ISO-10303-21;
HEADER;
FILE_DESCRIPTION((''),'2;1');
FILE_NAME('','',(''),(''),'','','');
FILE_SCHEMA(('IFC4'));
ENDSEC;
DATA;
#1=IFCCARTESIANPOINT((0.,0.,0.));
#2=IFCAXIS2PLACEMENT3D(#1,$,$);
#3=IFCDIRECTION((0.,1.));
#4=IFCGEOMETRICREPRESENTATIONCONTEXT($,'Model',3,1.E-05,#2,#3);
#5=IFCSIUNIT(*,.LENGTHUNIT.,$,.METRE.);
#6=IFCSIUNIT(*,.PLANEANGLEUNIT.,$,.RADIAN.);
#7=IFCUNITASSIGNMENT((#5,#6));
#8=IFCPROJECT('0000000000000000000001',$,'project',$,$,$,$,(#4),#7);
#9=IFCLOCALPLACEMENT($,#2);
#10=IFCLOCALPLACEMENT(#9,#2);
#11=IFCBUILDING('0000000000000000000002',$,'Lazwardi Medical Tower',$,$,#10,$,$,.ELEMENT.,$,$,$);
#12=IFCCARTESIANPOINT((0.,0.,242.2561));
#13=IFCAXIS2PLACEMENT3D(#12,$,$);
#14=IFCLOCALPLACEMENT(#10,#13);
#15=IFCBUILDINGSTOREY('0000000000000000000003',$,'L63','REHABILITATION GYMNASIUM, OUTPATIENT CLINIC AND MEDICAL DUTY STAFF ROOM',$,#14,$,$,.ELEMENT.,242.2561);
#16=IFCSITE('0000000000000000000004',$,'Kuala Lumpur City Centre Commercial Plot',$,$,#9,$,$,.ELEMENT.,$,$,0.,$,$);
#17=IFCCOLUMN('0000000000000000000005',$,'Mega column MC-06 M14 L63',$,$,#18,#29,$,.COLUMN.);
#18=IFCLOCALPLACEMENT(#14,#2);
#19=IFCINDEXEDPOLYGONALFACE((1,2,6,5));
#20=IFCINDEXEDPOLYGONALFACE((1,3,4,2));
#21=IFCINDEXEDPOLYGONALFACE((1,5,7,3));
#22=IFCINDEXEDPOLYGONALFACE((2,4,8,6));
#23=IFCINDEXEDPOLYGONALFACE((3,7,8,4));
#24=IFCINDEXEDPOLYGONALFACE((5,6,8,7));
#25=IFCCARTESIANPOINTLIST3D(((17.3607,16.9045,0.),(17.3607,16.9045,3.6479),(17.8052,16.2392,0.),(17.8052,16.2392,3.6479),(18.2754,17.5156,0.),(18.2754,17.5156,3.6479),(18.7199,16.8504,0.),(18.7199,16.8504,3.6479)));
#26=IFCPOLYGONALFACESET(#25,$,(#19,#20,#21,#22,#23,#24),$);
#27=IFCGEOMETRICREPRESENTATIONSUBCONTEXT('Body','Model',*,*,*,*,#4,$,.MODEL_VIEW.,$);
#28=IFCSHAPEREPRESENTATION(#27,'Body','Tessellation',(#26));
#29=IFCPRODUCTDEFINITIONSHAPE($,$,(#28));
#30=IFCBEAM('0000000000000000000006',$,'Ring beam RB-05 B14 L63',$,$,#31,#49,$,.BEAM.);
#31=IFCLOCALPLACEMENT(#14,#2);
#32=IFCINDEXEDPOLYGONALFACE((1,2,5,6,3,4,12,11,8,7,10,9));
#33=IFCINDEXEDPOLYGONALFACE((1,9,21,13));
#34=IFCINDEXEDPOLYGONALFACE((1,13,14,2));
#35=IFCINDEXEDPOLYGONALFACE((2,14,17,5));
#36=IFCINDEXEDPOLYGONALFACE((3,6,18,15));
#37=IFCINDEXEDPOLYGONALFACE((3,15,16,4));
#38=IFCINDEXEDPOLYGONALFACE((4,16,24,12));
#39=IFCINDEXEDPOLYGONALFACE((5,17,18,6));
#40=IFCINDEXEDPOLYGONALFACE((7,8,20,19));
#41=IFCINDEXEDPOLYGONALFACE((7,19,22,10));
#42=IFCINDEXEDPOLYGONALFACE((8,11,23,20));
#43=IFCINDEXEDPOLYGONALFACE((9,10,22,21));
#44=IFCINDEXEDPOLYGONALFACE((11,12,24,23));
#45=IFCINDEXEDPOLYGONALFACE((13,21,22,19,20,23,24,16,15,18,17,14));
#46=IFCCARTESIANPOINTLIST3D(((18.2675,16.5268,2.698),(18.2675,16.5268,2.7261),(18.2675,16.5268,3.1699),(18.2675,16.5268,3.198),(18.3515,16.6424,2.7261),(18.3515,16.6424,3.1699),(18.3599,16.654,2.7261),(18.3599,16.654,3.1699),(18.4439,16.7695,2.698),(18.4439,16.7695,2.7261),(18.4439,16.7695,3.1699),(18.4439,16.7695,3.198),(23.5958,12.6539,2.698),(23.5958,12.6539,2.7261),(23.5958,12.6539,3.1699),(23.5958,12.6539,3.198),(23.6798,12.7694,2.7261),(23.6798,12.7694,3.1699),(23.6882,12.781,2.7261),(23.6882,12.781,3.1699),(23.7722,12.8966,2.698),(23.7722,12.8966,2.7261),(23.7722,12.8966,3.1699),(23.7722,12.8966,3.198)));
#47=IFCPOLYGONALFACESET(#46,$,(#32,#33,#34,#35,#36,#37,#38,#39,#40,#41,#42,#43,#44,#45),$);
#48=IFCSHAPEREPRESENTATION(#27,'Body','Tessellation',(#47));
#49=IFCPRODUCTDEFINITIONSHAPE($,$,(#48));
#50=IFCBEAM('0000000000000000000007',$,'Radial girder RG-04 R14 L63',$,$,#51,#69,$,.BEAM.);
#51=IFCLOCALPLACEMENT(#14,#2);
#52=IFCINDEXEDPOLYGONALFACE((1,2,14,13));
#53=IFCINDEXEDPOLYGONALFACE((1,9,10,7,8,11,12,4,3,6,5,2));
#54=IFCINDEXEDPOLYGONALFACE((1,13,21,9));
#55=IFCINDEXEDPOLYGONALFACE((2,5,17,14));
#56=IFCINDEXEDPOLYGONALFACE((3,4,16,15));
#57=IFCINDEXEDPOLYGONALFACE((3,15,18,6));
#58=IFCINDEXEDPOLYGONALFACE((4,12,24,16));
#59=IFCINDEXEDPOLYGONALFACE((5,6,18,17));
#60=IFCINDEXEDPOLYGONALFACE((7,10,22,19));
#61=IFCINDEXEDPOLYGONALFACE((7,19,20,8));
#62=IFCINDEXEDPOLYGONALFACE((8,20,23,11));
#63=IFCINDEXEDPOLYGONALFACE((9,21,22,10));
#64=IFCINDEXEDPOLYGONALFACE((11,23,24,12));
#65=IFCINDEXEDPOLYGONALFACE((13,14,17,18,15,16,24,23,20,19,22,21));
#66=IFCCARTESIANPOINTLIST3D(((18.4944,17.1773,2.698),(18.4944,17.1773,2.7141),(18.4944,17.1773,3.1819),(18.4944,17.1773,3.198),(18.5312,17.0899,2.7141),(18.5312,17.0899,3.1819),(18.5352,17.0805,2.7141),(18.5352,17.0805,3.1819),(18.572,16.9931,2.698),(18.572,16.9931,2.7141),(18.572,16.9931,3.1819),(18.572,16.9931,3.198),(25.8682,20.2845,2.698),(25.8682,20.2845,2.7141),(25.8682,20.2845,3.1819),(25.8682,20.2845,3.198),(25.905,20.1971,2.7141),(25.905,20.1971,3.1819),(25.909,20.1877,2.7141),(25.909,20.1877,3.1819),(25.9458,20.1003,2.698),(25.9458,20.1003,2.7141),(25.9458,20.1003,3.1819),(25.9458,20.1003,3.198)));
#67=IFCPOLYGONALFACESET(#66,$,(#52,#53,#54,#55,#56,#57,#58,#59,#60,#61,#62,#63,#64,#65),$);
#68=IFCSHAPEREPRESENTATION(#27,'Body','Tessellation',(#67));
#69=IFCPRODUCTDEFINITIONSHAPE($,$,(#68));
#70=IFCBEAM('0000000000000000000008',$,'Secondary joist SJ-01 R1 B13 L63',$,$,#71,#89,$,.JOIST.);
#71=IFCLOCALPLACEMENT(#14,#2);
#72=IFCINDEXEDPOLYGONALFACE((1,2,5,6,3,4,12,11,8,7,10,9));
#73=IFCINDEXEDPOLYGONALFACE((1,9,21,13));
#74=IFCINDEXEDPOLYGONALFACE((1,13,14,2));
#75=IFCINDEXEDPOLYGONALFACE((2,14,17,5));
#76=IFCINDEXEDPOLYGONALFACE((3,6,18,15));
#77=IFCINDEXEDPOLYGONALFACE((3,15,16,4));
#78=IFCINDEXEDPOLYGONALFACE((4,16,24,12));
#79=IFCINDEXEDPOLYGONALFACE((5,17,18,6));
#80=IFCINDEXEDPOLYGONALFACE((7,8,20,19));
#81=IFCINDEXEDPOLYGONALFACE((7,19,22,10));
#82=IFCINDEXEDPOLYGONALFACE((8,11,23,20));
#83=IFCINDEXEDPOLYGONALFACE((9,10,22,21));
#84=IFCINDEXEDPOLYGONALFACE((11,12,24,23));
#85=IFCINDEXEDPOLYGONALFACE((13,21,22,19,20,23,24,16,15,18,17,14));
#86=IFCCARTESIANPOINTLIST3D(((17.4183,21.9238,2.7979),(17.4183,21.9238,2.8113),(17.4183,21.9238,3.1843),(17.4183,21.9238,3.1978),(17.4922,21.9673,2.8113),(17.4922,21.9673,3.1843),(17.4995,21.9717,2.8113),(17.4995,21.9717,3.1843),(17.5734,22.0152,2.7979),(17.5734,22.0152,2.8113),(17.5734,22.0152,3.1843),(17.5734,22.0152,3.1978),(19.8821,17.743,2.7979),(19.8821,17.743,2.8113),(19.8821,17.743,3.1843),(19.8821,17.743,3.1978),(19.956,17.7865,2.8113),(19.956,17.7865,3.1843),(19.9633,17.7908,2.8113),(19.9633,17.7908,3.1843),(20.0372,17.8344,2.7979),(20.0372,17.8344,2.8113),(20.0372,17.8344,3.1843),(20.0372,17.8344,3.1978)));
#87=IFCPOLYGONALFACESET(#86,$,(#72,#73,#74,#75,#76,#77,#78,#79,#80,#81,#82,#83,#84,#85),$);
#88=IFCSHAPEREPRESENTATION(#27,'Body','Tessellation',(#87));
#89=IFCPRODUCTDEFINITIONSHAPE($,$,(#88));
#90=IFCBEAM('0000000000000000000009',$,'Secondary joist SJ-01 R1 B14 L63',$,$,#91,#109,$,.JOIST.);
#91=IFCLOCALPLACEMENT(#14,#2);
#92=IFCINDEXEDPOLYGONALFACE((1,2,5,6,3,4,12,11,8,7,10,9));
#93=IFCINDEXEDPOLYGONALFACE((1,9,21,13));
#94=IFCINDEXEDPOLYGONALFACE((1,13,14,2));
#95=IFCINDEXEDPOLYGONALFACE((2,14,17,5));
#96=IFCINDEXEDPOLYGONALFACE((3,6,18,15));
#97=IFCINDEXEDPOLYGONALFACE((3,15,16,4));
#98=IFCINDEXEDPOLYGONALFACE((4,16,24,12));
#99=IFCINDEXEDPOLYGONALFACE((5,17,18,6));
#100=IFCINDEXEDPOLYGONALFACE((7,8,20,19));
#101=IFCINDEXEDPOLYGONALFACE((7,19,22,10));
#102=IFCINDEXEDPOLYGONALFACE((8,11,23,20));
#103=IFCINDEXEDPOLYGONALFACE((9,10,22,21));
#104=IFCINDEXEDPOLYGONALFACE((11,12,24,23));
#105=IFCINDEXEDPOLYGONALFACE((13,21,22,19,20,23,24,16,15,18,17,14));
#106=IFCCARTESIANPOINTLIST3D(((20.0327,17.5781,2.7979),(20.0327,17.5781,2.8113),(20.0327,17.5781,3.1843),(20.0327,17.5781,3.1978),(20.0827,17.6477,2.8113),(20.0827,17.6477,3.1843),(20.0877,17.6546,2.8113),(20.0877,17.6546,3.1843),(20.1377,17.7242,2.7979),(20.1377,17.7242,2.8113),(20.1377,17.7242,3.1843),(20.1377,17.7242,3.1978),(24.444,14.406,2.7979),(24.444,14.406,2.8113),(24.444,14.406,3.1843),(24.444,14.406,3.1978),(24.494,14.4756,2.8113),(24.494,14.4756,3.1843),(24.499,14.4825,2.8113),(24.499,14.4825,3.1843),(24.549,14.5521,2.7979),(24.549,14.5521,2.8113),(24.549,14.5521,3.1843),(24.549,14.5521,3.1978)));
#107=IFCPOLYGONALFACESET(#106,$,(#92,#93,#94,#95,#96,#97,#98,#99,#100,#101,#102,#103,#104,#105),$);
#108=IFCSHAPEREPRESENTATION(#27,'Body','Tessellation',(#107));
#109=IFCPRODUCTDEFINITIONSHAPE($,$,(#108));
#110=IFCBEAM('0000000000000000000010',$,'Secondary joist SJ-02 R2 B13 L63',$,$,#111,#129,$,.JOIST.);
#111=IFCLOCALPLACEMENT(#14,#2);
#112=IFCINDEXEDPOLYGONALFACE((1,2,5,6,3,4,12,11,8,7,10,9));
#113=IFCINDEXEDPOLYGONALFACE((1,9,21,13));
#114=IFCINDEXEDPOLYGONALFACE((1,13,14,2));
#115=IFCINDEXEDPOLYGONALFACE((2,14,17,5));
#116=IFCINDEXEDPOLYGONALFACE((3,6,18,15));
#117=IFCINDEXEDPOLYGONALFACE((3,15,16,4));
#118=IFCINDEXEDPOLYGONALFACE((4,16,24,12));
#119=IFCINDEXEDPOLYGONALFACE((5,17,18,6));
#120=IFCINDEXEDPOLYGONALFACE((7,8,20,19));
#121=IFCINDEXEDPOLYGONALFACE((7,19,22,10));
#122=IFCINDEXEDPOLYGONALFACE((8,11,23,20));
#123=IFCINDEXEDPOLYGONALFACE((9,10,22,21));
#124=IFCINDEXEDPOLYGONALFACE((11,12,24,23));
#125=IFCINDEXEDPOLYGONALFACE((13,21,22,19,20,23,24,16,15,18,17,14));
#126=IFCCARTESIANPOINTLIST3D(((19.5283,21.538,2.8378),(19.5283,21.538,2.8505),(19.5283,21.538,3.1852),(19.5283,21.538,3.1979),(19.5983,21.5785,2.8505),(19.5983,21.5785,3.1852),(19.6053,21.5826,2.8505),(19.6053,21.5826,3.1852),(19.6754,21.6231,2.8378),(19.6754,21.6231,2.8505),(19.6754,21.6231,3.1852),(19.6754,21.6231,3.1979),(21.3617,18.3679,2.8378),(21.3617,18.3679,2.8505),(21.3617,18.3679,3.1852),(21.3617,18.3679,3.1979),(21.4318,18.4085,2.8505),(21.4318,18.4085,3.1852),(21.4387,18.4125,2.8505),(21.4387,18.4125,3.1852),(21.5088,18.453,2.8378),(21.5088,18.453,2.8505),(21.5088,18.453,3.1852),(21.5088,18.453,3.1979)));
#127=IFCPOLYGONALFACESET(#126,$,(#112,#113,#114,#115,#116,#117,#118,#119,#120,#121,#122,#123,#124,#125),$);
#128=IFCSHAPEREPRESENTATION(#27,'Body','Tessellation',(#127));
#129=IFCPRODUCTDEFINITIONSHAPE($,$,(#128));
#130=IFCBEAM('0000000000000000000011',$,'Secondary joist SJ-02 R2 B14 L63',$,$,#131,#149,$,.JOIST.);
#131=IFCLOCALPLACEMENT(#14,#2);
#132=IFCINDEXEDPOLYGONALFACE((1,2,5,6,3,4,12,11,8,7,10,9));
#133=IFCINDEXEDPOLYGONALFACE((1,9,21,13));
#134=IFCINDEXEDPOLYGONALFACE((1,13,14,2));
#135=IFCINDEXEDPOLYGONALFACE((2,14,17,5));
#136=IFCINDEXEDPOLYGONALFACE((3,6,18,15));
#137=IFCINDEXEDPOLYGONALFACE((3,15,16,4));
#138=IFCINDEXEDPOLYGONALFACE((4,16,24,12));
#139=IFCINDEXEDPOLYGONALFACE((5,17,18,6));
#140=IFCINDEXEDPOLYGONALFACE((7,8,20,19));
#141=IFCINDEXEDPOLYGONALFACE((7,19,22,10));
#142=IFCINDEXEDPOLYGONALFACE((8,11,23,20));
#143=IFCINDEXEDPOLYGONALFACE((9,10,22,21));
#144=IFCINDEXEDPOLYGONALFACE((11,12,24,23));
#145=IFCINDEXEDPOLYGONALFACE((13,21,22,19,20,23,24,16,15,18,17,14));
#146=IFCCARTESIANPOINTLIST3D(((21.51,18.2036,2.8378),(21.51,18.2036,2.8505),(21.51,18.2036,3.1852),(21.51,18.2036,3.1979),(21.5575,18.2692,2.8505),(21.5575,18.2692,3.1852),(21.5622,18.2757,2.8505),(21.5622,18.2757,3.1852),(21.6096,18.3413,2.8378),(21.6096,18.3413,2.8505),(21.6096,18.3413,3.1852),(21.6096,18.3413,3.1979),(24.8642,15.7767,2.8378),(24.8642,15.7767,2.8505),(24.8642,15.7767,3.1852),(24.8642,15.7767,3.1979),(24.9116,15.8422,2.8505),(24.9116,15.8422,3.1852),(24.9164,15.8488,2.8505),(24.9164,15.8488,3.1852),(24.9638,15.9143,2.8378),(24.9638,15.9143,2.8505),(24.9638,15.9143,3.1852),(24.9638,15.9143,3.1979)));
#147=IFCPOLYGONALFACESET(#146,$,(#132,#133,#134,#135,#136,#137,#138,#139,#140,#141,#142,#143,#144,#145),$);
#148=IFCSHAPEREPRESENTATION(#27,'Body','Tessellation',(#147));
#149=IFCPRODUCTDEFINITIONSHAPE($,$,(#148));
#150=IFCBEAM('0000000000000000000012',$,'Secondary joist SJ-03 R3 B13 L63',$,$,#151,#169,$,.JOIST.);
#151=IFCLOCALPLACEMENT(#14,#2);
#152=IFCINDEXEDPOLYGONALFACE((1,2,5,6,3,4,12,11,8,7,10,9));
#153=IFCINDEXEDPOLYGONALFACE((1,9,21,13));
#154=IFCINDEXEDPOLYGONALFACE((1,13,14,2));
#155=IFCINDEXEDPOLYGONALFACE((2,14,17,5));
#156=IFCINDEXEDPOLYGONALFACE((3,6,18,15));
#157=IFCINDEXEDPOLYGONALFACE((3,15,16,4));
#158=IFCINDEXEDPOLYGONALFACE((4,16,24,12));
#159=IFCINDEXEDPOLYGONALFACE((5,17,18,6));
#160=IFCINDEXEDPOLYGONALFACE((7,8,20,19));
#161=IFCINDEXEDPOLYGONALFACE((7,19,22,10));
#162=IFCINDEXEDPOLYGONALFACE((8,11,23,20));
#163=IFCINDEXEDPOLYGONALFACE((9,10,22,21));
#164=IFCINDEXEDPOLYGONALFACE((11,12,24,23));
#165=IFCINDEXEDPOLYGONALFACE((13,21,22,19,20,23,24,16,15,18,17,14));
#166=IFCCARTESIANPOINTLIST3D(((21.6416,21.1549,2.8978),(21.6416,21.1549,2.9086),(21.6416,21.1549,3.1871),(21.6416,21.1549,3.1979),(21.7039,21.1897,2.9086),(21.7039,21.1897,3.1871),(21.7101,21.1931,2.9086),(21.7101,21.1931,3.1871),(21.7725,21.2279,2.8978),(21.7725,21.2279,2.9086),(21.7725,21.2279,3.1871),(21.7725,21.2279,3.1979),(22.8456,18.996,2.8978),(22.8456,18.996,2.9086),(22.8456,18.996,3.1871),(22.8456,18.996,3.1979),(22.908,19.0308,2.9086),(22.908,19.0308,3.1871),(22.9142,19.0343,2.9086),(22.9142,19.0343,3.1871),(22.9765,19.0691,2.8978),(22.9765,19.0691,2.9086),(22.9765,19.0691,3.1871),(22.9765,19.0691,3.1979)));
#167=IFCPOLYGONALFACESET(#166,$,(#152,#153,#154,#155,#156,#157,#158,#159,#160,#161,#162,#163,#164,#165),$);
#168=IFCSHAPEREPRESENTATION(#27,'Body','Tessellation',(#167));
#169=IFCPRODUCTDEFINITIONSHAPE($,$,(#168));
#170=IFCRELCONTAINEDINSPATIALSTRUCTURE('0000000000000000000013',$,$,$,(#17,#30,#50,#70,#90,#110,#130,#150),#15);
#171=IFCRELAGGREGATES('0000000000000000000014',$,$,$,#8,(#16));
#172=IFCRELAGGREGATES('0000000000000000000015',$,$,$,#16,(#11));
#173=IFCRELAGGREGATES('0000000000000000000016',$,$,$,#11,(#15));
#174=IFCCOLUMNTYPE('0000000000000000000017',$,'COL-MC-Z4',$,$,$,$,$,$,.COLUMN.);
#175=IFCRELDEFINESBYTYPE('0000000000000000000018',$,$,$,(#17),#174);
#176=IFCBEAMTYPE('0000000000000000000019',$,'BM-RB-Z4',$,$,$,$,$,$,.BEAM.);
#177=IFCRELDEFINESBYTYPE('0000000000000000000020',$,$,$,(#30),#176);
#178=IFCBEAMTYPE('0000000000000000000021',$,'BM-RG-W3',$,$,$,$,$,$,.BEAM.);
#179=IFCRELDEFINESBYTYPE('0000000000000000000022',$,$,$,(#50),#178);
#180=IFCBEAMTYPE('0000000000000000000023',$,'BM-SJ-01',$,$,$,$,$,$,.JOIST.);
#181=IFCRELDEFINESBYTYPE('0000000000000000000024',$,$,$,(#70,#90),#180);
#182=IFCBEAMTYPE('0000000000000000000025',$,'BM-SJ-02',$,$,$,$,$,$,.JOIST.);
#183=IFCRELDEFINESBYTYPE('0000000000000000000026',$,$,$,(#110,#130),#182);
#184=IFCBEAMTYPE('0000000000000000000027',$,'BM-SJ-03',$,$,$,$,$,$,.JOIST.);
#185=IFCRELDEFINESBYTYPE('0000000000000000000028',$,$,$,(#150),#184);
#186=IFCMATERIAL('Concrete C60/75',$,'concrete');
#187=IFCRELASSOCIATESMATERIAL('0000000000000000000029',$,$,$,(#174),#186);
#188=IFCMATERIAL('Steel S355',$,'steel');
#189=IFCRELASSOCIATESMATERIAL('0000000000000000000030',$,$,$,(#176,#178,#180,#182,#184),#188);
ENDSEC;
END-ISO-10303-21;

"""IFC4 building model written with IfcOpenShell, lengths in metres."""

from ifc_helpers import new_model, si_unit, direction, frame, origin, origin_2d, place, context, subcontext, project, spatial, rectangle, i_section, extrude, material, material_profile, profile_set, type_object, element, save


model = new_model("IFC4")

# Units and contexts
model_context = context("Model", 3, precision=1e-05, world=origin(), true_north=direction((0.0, 1.0)))
body_context = subcontext(model_context, "Body", "Model", "MODEL_VIEW")
ifc_project = project(units=[si_unit("LENGTHUNIT", "METRE"), si_unit("PLANEANGLEUNIT", "RADIAN")], contexts=[model_context])

# Site, building, storey
site_placement = place(None, origin())
site = spatial("IfcSite", under=ifc_project, at=site_placement, Name="Kuala Lumpur City Centre Commercial Plot", CompositionType="ELEMENT", RefElevation=0.0)
building_placement = place(site_placement, origin())
building = spatial("IfcBuilding", under=site, at=building_placement, Name="Lazwardi Medical Tower", CompositionType="ELEMENT")
storey_placement = place(building_placement, frame((0.0, 0.0, 242.2561)))
storey = spatial("IfcBuildingStorey", under=building, at=storey_placement, Name="L63", Description="REHABILITATION GYMNASIUM, OUTPATIENT CLINIC AND MEDICAL DUTY STAFF ROOM", CompositionType="ELEMENT", Elevation=242.2561)

# Column
ifc_material_1 = material(Name="Concrete C60/75", Category="concrete")
ifc_material_profile_1 = material_profile(ifc_material_1, rectangle(XDim=1.1001, YDim=0.8, at=origin_2d()), Name="CFT-RECT 1100x800")
ifc_profile_set_1 = profile_set([ifc_material_profile_1], Name="Concrete C60/75")
column_type = type_object("IfcColumnType", Name="COL-MC-Z4", PredefinedType="COLUMN", material=ifc_profile_set_1)
column_placement = place(storey_placement, frame((18.0403, 16.8774, 0.0), z_axis=(0.0, 0.0, 1.0), x_axis=(-0.83147, -0.55557, 0.0)))
element("IfcColumn", 1, at=column_placement, inside=storey, type_object=column_type, Name="Mega column MC-06 M14 L63", PredefinedType="COLUMN", context=body_context, shape_type="SweptSolid", body=[
    extrude(rectangle(XDim=1.1001, YDim=0.8, at=origin_2d()), origin(), (0.0, 0.0, 1.0), 3.6479),
])

# Beams
ifc_material_2 = material(Name="Steel S355", Category="steel")
ifc_material_profile_2 = material_profile(ifc_material_2, i_section(OverallWidth=0.3, OverallDepth=0.5, WebThickness=0.0144, FlangeThickness=0.0281, at=origin_2d()), Name="HEB 500")
ifc_profile_set_2 = profile_set([ifc_material_profile_2], Name="Steel S355")
beam_type_1 = type_object("IfcBeamType", Name="BM-RB-Z4", PredefinedType="BEAM", material=ifc_profile_set_2)
beam_1_placement = place(storey_placement, frame((18.3557, 16.6482, 2.948), z_axis=(0.80889, -0.58796, 0.0), x_axis=(0.58796, 0.80889, 0.0)))
element("IfcBeam", 2, at=beam_1_placement, inside=storey, type_object=beam_type_1, Name="Ring beam RB-05 B14 L63", PredefinedType="BEAM", context=body_context, shape_type="SweptSolid", body=[
    extrude(i_section(OverallWidth=0.3, OverallDepth=0.5, WebThickness=0.0144, FlangeThickness=0.0281, at=origin_2d()), origin(), (0.0, 0.0, 1.0), 6.5872),
])
ifc_material_profile_3 = material_profile(ifc_material_2, i_section(OverallWidth=0.2, OverallDepth=0.5, WebThickness=0.0103, FlangeThickness=0.0161, at=origin_2d()), Name="IPE 500")
ifc_profile_set_3 = profile_set([ifc_material_profile_3], Name="Steel S355")
beam_type_2 = type_object("IfcBeamType", Name="BM-RG-W3", PredefinedType="BEAM", material=ifc_profile_set_3)
beam_2_placement = place(storey_placement, frame((18.5332, 17.0852, 2.948), z_axis=(0.921527, 0.388315, 0.0), x_axis=(-0.388315, 0.921527, 0.0)))
element("IfcBeam", 3, at=beam_2_placement, inside=storey, type_object=beam_type_2, Name="Radial girder RG-04 R14 L63", PredefinedType="BEAM", context=body_context, shape_type="SweptSolid", body=[
    extrude(i_section(OverallWidth=0.2, OverallDepth=0.5, WebThickness=0.0103, FlangeThickness=0.0161, at=origin_2d()), origin(), (0.0, 0.0, 1.0), 8.0017),
])
ifc_material_profile_4 = material_profile(ifc_material_2, i_section(OverallWidth=0.1799, OverallDepth=0.3999, WebThickness=0.0085, FlangeThickness=0.0134, at=origin_2d()), Name="IPE 400")
ifc_profile_set_4 = profile_set([ifc_material_profile_4], Name="Steel S355")
beam_type_3 = type_object("IfcBeamType", Name="BM-SJ-01", PredefinedType="JOIST", material=ifc_profile_set_4)
beam_3_placement = place(storey_placement, frame((17.4958, 21.9695, 2.9978), z_axis=(0.50771, -0.861528, 0.0), x_axis=(0.861528, 0.50771, 0.0)))
element("IfcBeam", 4, at=beam_3_placement, inside=storey, type_object=beam_type_3, Name="Secondary joist SJ-01 R1 B13 L63", PredefinedType="JOIST", context=body_context, shape_type="SweptSolid", body=[
    extrude(i_section(OverallWidth=0.1799, OverallDepth=0.3999, WebThickness=0.0085, FlangeThickness=0.0134, at=origin_2d()), origin(), (0.0, 0.0, 1.0), 4.8528),
])
beam_4_placement = place(storey_placement, frame((20.0852, 17.6511, 2.9978), z_axis=(0.81189, -0.583811, 0.0), x_axis=(0.583811, 0.81189, 0.0)))
element("IfcBeam", 5, at=beam_4_placement, inside=storey, type_object=beam_type_3, Name="Secondary joist SJ-01 R1 B14 L63", PredefinedType="JOIST", context=body_context, shape_type="SweptSolid", body=[
    extrude(i_section(OverallWidth=0.1799, OverallDepth=0.3999, WebThickness=0.0085, FlangeThickness=0.0134, at=origin_2d()), origin(), (0.0, 0.0, 1.0), 5.4333),
])
ifc_material_profile_5 = material_profile(ifc_material_2, i_section(OverallWidth=0.1699, OverallDepth=0.3601, WebThickness=0.0081, FlangeThickness=0.0127, at=origin_2d()), Name="IPE 360")
ifc_profile_set_5 = profile_set([ifc_material_profile_5], Name="Steel S355")
beam_type_4 = type_object("IfcBeamType", Name="BM-SJ-02", PredefinedType="JOIST", material=ifc_profile_set_5)
beam_5_placement = place(storey_placement, frame((19.6018, 21.5806, 3.0178), z_axis=(0.500655, -0.865647, 0.0), x_axis=(0.865647, 0.500655, 0.0)))
element("IfcBeam", 6, at=beam_5_placement, inside=storey, type_object=beam_type_4, Name="Secondary joist SJ-02 R2 B13 L63", PredefinedType="JOIST", context=body_context, shape_type="SweptSolid", body=[
    extrude(i_section(OverallWidth=0.1699, OverallDepth=0.3601, WebThickness=0.0081, FlangeThickness=0.0127, at=origin_2d()), origin(), (0.0, 0.0, 1.0), 3.6621),
])
beam_6_placement = place(storey_placement, frame((21.5598, 18.2725, 3.0178), z_axis=(0.810164, -0.586203, 0.0), x_axis=(0.586203, 0.810164, 0.0)))
element("IfcBeam", 7, at=beam_6_placement, inside=storey, type_object=beam_type_4, Name="Secondary joist SJ-02 R2 B14 L63", PredefinedType="JOIST", context=body_context, shape_type="SweptSolid", body=[
    extrude(i_section(OverallWidth=0.1699, OverallDepth=0.3601, WebThickness=0.0081, FlangeThickness=0.0127, at=origin_2d()), origin(), (0.0, 0.0, 1.0), 4.1401),
])
ifc_material_profile_6 = material_profile(ifc_material_2, i_section(OverallWidth=0.1499, OverallDepth=0.3, WebThickness=0.0071, FlangeThickness=0.0107, at=origin_2d()), Name="IPE 300")
ifc_profile_set_6 = profile_set([ifc_material_profile_6], Name="Steel S355")
beam_type_5 = type_object("IfcBeamType", Name="BM-SJ-03", PredefinedType="JOIST", material=ifc_profile_set_6)
beam_7_placement = place(storey_placement, frame((21.707, 21.1914, 3.0479), z_axis=(0.487093, -0.87335, 0.0), x_axis=(0.87335, 0.487093, 0.0)))
element("IfcBeam", 8, at=beam_7_placement, inside=storey, type_object=beam_type_5, Name="Secondary joist SJ-03 R3 B13 L63", PredefinedType="JOIST", context=body_context, shape_type="SweptSolid", body=[
    extrude(i_section(OverallWidth=0.1499, OverallDepth=0.3, WebThickness=0.0071, FlangeThickness=0.0107, at=origin_2d()), origin(), (0.0, 0.0, 1.0), 2.4719),
])

save(model, "model.ifc")
